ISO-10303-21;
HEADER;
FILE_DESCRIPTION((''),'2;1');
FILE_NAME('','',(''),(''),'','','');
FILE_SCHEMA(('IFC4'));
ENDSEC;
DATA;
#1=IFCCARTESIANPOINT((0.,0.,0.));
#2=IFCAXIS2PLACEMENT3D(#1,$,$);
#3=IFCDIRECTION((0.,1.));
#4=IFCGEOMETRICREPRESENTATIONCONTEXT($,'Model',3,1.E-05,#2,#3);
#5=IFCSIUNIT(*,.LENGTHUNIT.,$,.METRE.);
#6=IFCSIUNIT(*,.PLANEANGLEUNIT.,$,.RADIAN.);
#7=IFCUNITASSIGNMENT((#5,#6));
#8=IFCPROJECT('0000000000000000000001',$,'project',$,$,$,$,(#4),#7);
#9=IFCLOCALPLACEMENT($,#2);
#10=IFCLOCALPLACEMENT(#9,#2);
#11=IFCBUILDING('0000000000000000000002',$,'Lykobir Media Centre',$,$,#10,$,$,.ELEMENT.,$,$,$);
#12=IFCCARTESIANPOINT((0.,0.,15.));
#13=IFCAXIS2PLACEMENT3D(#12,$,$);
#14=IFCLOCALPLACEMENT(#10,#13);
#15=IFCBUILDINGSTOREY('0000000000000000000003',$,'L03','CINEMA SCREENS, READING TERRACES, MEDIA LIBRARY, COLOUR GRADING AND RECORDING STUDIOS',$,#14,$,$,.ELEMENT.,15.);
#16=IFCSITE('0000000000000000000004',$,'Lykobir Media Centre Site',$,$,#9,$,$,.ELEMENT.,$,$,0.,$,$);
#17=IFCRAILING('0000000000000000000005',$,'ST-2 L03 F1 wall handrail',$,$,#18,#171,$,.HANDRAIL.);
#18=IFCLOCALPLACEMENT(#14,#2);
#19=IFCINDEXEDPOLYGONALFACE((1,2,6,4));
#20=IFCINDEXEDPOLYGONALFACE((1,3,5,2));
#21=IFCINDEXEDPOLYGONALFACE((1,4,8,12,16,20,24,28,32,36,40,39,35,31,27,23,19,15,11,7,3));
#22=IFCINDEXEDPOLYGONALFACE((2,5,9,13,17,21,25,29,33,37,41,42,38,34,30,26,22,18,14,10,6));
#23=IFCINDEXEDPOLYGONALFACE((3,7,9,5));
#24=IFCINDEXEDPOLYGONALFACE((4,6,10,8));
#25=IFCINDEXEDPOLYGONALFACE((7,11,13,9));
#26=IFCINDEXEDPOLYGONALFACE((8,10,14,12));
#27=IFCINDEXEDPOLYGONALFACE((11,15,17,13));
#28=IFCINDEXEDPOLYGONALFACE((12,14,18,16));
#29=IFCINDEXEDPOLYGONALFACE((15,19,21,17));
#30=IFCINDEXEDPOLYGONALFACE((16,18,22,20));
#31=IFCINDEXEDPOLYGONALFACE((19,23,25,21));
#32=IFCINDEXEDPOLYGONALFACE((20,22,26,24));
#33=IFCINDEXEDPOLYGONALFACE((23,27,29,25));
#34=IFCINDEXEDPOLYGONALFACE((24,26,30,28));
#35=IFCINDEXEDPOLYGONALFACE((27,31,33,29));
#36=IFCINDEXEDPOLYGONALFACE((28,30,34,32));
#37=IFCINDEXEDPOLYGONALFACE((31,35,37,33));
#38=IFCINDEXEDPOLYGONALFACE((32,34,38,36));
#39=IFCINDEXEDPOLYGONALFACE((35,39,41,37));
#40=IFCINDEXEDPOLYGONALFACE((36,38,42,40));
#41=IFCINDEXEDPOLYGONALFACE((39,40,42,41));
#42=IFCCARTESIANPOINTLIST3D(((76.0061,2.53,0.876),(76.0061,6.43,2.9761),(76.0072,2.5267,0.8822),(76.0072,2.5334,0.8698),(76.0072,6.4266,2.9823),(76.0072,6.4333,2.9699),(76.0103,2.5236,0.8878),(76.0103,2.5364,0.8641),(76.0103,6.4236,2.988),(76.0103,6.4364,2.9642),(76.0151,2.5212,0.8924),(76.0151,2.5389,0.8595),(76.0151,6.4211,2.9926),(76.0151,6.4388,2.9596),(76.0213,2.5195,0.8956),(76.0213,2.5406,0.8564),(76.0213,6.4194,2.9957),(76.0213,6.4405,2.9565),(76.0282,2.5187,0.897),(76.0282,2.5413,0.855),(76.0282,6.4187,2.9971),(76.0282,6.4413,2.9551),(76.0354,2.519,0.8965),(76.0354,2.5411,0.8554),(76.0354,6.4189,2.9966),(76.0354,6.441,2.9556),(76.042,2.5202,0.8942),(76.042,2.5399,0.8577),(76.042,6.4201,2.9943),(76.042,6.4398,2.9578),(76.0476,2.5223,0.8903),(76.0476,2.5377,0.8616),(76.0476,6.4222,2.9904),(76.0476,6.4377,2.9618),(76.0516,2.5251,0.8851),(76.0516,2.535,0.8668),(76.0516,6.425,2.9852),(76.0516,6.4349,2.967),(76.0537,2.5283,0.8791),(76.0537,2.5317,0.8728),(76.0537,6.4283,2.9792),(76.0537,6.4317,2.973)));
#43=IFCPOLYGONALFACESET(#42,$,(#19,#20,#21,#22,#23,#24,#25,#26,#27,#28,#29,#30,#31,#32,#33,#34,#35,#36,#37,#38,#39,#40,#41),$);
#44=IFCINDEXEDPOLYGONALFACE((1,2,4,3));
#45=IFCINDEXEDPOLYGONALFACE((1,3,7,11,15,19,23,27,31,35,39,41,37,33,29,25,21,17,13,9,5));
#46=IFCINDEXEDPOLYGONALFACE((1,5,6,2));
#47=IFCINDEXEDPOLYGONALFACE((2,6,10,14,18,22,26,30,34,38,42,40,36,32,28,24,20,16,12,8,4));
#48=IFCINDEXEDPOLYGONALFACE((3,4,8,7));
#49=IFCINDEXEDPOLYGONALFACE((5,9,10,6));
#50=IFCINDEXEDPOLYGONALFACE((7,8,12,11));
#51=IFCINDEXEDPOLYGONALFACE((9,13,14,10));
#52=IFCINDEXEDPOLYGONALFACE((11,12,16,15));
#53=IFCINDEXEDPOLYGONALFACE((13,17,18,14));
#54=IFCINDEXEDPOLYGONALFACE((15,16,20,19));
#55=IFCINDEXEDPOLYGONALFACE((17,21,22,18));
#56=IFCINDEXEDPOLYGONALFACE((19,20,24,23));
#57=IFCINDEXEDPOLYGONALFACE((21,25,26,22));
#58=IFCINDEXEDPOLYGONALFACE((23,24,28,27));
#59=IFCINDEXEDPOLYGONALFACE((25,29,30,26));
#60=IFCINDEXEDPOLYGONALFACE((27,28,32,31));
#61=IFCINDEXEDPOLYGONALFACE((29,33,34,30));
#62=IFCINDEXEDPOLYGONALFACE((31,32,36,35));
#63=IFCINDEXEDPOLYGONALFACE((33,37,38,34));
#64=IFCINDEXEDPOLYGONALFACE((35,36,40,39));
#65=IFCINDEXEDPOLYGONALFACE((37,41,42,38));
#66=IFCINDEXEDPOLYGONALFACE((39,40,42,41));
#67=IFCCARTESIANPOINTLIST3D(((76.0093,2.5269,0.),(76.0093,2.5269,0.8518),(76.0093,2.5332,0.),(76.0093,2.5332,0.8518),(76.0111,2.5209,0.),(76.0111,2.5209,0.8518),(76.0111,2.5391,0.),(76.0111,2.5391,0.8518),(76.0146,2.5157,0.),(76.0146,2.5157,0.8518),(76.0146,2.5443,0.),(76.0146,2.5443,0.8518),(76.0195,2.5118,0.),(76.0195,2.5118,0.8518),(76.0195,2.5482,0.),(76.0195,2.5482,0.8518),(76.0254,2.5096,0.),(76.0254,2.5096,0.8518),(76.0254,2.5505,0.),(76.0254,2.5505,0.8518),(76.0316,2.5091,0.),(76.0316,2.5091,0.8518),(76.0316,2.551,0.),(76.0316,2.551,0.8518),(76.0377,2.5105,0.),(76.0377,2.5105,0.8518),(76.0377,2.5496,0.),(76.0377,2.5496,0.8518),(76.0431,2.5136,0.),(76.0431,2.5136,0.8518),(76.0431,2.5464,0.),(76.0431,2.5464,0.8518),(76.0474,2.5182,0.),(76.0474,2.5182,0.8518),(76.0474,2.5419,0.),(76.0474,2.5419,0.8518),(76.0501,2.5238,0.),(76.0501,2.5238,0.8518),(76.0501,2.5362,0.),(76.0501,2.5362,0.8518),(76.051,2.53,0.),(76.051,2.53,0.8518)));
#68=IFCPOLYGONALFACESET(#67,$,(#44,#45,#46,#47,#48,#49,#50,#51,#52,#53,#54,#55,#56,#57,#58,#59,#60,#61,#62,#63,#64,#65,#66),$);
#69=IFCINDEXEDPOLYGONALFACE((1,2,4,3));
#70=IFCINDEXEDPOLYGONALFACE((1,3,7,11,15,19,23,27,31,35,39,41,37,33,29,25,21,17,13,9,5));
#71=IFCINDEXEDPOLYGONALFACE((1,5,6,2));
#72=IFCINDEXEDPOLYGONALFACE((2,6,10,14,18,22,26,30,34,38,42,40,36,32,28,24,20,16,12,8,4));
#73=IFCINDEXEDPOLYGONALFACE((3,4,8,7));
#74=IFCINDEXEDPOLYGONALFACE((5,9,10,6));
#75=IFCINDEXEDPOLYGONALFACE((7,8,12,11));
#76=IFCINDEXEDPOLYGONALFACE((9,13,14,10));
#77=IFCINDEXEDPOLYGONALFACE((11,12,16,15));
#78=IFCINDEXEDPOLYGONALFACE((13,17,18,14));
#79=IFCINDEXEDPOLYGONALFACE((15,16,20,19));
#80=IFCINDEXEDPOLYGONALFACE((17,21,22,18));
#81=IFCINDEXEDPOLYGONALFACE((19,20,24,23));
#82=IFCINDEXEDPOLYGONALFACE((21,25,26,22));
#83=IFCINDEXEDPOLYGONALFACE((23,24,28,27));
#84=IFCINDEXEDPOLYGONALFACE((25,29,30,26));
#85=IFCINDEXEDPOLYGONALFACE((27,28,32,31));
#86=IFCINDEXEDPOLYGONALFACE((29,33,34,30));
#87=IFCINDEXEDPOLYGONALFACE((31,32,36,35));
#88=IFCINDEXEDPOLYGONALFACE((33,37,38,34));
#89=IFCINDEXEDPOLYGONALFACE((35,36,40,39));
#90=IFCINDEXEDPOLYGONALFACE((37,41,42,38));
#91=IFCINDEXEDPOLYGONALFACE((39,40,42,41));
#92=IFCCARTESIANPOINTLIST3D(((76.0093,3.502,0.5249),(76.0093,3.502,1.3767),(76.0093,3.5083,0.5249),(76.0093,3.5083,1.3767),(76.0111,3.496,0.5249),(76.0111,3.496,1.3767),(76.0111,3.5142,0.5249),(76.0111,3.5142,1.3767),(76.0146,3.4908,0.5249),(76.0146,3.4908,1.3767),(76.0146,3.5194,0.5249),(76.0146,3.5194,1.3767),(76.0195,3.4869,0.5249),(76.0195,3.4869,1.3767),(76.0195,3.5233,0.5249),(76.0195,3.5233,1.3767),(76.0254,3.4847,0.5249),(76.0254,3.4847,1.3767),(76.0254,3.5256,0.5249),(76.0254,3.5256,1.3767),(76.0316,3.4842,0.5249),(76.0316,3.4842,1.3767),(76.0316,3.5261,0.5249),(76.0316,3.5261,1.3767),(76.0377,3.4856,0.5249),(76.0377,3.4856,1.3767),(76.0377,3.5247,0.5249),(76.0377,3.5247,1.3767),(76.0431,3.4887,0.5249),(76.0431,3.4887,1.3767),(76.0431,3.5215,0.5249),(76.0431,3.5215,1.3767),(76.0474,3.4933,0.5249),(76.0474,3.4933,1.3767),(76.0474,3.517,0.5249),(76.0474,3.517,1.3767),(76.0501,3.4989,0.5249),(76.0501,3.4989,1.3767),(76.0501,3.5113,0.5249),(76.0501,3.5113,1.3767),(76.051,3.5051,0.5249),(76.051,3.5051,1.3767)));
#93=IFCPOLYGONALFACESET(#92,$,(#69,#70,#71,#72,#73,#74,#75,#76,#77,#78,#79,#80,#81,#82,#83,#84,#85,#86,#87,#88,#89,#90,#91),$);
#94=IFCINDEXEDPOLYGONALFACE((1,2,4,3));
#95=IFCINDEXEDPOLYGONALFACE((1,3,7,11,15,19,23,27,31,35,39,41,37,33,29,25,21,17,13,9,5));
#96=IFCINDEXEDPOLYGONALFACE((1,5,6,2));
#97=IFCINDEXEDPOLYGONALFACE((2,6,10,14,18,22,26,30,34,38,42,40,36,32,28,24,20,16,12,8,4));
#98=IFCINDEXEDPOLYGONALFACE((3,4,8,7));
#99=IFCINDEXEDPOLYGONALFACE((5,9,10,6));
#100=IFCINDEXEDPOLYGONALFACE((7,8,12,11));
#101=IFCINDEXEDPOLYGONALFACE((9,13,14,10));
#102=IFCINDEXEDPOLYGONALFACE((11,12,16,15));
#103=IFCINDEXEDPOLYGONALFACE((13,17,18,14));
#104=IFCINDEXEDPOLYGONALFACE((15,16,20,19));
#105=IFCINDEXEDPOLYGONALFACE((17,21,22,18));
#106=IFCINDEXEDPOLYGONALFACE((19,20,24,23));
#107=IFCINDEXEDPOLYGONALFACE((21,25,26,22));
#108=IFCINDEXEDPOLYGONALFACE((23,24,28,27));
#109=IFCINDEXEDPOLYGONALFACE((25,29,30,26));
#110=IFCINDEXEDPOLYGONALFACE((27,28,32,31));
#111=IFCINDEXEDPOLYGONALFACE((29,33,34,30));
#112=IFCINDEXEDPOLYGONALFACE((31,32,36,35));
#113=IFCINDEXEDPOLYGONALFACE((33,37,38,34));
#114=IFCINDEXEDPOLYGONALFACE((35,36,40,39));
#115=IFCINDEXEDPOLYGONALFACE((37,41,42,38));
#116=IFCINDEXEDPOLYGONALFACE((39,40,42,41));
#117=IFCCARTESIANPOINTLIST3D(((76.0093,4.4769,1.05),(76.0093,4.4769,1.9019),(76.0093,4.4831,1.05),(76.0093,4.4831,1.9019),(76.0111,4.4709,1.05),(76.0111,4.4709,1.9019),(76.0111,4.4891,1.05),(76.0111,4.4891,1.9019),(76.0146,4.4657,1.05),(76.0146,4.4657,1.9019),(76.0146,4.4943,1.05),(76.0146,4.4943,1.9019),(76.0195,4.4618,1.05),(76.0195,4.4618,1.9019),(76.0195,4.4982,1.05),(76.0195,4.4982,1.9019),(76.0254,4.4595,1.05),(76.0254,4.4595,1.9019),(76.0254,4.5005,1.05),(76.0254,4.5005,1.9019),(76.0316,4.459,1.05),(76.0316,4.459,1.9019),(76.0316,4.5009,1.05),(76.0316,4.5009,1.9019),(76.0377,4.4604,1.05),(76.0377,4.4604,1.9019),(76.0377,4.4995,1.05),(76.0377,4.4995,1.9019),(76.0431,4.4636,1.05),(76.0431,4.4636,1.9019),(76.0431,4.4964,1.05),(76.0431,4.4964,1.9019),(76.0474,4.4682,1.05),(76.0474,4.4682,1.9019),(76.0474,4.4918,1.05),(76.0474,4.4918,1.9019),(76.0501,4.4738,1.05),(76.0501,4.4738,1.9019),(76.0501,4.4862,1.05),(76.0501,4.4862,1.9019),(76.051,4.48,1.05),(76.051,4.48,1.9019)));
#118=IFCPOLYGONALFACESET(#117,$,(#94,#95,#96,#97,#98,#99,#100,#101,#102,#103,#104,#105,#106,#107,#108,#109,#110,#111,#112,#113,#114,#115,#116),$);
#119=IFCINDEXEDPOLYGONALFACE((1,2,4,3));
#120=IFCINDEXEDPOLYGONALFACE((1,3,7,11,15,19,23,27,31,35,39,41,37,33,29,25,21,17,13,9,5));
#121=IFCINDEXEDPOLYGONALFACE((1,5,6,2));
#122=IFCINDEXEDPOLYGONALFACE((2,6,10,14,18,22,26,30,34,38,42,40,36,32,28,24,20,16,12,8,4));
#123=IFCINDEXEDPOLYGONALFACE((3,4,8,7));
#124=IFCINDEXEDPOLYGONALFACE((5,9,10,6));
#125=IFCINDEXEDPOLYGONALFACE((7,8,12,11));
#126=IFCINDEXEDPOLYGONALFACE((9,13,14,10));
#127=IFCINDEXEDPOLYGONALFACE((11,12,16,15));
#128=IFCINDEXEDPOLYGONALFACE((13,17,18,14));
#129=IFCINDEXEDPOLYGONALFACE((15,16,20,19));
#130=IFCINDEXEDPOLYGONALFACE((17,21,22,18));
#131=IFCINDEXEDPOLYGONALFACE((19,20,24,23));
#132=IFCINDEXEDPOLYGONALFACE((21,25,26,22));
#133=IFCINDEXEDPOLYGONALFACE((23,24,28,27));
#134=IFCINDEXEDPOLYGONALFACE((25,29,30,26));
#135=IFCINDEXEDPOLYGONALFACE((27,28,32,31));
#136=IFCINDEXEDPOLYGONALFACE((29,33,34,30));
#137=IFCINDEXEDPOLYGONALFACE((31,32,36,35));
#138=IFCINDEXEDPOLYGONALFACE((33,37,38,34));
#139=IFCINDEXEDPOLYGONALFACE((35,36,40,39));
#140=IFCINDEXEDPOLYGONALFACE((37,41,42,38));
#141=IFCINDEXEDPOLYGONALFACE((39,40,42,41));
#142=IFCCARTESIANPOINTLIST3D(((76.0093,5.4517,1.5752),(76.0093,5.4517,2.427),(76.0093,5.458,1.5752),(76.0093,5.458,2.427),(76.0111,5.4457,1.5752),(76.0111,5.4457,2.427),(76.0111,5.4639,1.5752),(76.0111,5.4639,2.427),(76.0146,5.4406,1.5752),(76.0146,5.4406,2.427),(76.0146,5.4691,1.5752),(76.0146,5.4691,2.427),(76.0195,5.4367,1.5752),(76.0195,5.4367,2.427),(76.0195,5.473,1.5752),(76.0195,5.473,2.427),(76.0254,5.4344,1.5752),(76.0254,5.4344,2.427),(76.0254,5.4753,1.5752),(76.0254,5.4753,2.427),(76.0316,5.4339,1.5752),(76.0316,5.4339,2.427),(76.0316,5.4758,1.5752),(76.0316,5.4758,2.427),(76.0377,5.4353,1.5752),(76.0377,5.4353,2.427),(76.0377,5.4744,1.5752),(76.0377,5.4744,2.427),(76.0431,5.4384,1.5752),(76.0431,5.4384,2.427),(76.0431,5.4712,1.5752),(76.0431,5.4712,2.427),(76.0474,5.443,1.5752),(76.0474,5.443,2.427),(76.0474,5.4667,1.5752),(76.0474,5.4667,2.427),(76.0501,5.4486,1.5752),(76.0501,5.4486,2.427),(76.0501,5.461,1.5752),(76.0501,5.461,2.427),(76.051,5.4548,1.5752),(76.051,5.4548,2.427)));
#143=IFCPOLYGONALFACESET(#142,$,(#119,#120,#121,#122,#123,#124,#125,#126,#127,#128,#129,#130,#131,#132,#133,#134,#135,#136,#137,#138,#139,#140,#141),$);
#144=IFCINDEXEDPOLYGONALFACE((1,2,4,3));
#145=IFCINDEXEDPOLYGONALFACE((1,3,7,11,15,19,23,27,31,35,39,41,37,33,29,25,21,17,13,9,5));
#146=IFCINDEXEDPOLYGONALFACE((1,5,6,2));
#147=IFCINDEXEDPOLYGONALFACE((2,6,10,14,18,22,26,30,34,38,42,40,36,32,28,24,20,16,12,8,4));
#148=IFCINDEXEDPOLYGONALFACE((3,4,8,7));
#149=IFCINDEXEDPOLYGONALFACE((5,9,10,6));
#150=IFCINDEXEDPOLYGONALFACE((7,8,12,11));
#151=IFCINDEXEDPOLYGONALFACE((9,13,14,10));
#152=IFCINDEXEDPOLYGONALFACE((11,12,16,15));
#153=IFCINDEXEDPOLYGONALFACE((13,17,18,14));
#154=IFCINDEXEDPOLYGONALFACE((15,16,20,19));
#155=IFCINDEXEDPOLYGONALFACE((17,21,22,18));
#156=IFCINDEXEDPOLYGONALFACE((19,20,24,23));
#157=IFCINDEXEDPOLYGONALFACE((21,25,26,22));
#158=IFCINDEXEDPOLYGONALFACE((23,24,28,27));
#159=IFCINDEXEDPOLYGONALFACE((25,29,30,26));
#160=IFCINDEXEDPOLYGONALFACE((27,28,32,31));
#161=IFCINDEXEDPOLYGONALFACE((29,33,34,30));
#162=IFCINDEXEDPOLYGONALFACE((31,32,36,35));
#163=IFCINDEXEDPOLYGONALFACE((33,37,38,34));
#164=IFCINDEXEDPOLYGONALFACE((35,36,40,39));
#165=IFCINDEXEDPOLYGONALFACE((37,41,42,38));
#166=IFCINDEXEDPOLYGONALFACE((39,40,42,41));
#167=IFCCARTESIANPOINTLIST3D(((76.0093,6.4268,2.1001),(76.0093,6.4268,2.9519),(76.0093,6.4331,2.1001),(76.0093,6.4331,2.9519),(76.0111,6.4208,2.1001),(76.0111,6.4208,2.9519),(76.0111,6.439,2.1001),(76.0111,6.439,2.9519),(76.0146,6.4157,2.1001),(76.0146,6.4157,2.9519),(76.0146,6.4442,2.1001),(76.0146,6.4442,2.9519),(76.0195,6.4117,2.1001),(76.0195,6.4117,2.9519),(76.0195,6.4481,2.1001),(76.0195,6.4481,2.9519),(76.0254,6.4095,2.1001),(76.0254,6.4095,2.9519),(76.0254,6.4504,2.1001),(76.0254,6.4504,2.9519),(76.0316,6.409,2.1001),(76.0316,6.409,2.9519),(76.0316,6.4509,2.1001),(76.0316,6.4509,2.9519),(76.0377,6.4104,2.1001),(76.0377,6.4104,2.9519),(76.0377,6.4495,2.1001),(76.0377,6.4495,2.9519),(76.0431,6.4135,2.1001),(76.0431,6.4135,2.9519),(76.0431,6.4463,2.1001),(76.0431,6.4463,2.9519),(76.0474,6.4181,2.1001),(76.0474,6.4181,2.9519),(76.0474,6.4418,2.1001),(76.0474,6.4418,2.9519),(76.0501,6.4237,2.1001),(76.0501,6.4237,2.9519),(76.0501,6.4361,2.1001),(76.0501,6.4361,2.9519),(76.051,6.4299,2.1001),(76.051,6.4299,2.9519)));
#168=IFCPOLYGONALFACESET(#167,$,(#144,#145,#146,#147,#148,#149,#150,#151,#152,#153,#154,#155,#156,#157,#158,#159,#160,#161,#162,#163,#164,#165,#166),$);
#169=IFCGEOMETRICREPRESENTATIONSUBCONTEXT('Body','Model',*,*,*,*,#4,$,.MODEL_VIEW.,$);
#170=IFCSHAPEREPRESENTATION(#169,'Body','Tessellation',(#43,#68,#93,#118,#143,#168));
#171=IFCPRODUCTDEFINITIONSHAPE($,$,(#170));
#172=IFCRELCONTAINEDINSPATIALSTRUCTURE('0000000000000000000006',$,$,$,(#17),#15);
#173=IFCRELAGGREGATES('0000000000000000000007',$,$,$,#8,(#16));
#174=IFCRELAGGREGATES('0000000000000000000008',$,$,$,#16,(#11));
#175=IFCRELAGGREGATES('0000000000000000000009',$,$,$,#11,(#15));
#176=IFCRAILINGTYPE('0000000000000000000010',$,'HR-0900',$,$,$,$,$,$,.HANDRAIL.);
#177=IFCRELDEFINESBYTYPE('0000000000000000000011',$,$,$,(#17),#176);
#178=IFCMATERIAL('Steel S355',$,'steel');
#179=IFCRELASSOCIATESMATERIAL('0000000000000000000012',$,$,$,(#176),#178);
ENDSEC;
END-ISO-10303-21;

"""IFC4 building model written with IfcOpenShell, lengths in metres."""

from ifc_helpers import new_model, si_unit, direction, frame, origin, origin_2d, place, context, subcontext, project, spatial, circle, extrude, material, type_object, element, save


model = new_model("IFC4")

# Units and contexts
model_context = context("Model", 3, precision=1e-05, world=origin(), true_north=direction((0.0, 1.0)))
body_context = subcontext(model_context, "Body", "Model", "MODEL_VIEW")
ifc_project = project(units=[si_unit("LENGTHUNIT", "METRE"), si_unit("PLANEANGLEUNIT", "RADIAN")], contexts=[model_context])

# Site, building, storey
site_placement = place(None, origin())
site = spatial("IfcSite", under=ifc_project, at=site_placement, Name="Lykobir Media Centre Site", CompositionType="ELEMENT", RefElevation=0.0)
building_placement = place(site_placement, origin())
building = spatial("IfcBuilding", under=site, at=building_placement, Name="Lykobir Media Centre", CompositionType="ELEMENT")
storey_placement = place(building_placement, frame((0.0, 0.0, 15.0)))
storey = spatial("IfcBuildingStorey", under=building, at=storey_placement, Name="L03", Description="CINEMA SCREENS, READING TERRACES, MEDIA LIBRARY, COLOUR GRADING AND RECORDING STUDIOS", CompositionType="ELEMENT", Elevation=15.0)

# Shared definitions
ifc_material_1 = material(Name="Steel S355", Category="steel")

# Railing
railing_type_1 = type_object("IfcRailingType", Name="HR-0900", PredefinedType="HANDRAIL", material=ifc_material_1)
railing_1_placement = place(storey_placement, frame((76.03, 2.53, 0.0)))
element("IfcRailing", 1, at=railing_1_placement, inside=storey, type_object=railing_type_1, Name="ST-2 L03 F1 wall handrail", PredefinedType="HANDRAIL", context=body_context, shape_type="SweptSolid", body=[
    extrude(circle(Radius=0.0239, at=origin_2d()), frame((0.0, 0.0, 0.876), z_axis=(0.0, 0.880457, 0.474126), x_axis=(-1.0, 0.0, 0.0)), (0.0, 0.0, 1.0), 4.4294),
    extrude(circle(Radius=0.021, at=origin_2d()), origin(), (0.0, 0.0, 1.0), 0.8518),
    extrude(circle(Radius=0.021, at=origin_2d()), frame((0.0, 0.9751, 0.5249)), (0.0, 0.0, 1.0), 0.8518),
    extrude(circle(Radius=0.021, at=origin_2d()), frame((0.0, 1.95, 1.05)), (0.0, 0.0, 1.0), 0.8518),
    extrude(circle(Radius=0.021, at=origin_2d()), frame((0.0, 2.9248, 1.5752)), (0.0, 0.0, 1.0), 0.8518),
    extrude(circle(Radius=0.021, at=origin_2d()), frame((0.0, 3.8999, 2.1001)), (0.0, 0.0, 1.0), 0.8518),
])

save(model, "model.ifc")
